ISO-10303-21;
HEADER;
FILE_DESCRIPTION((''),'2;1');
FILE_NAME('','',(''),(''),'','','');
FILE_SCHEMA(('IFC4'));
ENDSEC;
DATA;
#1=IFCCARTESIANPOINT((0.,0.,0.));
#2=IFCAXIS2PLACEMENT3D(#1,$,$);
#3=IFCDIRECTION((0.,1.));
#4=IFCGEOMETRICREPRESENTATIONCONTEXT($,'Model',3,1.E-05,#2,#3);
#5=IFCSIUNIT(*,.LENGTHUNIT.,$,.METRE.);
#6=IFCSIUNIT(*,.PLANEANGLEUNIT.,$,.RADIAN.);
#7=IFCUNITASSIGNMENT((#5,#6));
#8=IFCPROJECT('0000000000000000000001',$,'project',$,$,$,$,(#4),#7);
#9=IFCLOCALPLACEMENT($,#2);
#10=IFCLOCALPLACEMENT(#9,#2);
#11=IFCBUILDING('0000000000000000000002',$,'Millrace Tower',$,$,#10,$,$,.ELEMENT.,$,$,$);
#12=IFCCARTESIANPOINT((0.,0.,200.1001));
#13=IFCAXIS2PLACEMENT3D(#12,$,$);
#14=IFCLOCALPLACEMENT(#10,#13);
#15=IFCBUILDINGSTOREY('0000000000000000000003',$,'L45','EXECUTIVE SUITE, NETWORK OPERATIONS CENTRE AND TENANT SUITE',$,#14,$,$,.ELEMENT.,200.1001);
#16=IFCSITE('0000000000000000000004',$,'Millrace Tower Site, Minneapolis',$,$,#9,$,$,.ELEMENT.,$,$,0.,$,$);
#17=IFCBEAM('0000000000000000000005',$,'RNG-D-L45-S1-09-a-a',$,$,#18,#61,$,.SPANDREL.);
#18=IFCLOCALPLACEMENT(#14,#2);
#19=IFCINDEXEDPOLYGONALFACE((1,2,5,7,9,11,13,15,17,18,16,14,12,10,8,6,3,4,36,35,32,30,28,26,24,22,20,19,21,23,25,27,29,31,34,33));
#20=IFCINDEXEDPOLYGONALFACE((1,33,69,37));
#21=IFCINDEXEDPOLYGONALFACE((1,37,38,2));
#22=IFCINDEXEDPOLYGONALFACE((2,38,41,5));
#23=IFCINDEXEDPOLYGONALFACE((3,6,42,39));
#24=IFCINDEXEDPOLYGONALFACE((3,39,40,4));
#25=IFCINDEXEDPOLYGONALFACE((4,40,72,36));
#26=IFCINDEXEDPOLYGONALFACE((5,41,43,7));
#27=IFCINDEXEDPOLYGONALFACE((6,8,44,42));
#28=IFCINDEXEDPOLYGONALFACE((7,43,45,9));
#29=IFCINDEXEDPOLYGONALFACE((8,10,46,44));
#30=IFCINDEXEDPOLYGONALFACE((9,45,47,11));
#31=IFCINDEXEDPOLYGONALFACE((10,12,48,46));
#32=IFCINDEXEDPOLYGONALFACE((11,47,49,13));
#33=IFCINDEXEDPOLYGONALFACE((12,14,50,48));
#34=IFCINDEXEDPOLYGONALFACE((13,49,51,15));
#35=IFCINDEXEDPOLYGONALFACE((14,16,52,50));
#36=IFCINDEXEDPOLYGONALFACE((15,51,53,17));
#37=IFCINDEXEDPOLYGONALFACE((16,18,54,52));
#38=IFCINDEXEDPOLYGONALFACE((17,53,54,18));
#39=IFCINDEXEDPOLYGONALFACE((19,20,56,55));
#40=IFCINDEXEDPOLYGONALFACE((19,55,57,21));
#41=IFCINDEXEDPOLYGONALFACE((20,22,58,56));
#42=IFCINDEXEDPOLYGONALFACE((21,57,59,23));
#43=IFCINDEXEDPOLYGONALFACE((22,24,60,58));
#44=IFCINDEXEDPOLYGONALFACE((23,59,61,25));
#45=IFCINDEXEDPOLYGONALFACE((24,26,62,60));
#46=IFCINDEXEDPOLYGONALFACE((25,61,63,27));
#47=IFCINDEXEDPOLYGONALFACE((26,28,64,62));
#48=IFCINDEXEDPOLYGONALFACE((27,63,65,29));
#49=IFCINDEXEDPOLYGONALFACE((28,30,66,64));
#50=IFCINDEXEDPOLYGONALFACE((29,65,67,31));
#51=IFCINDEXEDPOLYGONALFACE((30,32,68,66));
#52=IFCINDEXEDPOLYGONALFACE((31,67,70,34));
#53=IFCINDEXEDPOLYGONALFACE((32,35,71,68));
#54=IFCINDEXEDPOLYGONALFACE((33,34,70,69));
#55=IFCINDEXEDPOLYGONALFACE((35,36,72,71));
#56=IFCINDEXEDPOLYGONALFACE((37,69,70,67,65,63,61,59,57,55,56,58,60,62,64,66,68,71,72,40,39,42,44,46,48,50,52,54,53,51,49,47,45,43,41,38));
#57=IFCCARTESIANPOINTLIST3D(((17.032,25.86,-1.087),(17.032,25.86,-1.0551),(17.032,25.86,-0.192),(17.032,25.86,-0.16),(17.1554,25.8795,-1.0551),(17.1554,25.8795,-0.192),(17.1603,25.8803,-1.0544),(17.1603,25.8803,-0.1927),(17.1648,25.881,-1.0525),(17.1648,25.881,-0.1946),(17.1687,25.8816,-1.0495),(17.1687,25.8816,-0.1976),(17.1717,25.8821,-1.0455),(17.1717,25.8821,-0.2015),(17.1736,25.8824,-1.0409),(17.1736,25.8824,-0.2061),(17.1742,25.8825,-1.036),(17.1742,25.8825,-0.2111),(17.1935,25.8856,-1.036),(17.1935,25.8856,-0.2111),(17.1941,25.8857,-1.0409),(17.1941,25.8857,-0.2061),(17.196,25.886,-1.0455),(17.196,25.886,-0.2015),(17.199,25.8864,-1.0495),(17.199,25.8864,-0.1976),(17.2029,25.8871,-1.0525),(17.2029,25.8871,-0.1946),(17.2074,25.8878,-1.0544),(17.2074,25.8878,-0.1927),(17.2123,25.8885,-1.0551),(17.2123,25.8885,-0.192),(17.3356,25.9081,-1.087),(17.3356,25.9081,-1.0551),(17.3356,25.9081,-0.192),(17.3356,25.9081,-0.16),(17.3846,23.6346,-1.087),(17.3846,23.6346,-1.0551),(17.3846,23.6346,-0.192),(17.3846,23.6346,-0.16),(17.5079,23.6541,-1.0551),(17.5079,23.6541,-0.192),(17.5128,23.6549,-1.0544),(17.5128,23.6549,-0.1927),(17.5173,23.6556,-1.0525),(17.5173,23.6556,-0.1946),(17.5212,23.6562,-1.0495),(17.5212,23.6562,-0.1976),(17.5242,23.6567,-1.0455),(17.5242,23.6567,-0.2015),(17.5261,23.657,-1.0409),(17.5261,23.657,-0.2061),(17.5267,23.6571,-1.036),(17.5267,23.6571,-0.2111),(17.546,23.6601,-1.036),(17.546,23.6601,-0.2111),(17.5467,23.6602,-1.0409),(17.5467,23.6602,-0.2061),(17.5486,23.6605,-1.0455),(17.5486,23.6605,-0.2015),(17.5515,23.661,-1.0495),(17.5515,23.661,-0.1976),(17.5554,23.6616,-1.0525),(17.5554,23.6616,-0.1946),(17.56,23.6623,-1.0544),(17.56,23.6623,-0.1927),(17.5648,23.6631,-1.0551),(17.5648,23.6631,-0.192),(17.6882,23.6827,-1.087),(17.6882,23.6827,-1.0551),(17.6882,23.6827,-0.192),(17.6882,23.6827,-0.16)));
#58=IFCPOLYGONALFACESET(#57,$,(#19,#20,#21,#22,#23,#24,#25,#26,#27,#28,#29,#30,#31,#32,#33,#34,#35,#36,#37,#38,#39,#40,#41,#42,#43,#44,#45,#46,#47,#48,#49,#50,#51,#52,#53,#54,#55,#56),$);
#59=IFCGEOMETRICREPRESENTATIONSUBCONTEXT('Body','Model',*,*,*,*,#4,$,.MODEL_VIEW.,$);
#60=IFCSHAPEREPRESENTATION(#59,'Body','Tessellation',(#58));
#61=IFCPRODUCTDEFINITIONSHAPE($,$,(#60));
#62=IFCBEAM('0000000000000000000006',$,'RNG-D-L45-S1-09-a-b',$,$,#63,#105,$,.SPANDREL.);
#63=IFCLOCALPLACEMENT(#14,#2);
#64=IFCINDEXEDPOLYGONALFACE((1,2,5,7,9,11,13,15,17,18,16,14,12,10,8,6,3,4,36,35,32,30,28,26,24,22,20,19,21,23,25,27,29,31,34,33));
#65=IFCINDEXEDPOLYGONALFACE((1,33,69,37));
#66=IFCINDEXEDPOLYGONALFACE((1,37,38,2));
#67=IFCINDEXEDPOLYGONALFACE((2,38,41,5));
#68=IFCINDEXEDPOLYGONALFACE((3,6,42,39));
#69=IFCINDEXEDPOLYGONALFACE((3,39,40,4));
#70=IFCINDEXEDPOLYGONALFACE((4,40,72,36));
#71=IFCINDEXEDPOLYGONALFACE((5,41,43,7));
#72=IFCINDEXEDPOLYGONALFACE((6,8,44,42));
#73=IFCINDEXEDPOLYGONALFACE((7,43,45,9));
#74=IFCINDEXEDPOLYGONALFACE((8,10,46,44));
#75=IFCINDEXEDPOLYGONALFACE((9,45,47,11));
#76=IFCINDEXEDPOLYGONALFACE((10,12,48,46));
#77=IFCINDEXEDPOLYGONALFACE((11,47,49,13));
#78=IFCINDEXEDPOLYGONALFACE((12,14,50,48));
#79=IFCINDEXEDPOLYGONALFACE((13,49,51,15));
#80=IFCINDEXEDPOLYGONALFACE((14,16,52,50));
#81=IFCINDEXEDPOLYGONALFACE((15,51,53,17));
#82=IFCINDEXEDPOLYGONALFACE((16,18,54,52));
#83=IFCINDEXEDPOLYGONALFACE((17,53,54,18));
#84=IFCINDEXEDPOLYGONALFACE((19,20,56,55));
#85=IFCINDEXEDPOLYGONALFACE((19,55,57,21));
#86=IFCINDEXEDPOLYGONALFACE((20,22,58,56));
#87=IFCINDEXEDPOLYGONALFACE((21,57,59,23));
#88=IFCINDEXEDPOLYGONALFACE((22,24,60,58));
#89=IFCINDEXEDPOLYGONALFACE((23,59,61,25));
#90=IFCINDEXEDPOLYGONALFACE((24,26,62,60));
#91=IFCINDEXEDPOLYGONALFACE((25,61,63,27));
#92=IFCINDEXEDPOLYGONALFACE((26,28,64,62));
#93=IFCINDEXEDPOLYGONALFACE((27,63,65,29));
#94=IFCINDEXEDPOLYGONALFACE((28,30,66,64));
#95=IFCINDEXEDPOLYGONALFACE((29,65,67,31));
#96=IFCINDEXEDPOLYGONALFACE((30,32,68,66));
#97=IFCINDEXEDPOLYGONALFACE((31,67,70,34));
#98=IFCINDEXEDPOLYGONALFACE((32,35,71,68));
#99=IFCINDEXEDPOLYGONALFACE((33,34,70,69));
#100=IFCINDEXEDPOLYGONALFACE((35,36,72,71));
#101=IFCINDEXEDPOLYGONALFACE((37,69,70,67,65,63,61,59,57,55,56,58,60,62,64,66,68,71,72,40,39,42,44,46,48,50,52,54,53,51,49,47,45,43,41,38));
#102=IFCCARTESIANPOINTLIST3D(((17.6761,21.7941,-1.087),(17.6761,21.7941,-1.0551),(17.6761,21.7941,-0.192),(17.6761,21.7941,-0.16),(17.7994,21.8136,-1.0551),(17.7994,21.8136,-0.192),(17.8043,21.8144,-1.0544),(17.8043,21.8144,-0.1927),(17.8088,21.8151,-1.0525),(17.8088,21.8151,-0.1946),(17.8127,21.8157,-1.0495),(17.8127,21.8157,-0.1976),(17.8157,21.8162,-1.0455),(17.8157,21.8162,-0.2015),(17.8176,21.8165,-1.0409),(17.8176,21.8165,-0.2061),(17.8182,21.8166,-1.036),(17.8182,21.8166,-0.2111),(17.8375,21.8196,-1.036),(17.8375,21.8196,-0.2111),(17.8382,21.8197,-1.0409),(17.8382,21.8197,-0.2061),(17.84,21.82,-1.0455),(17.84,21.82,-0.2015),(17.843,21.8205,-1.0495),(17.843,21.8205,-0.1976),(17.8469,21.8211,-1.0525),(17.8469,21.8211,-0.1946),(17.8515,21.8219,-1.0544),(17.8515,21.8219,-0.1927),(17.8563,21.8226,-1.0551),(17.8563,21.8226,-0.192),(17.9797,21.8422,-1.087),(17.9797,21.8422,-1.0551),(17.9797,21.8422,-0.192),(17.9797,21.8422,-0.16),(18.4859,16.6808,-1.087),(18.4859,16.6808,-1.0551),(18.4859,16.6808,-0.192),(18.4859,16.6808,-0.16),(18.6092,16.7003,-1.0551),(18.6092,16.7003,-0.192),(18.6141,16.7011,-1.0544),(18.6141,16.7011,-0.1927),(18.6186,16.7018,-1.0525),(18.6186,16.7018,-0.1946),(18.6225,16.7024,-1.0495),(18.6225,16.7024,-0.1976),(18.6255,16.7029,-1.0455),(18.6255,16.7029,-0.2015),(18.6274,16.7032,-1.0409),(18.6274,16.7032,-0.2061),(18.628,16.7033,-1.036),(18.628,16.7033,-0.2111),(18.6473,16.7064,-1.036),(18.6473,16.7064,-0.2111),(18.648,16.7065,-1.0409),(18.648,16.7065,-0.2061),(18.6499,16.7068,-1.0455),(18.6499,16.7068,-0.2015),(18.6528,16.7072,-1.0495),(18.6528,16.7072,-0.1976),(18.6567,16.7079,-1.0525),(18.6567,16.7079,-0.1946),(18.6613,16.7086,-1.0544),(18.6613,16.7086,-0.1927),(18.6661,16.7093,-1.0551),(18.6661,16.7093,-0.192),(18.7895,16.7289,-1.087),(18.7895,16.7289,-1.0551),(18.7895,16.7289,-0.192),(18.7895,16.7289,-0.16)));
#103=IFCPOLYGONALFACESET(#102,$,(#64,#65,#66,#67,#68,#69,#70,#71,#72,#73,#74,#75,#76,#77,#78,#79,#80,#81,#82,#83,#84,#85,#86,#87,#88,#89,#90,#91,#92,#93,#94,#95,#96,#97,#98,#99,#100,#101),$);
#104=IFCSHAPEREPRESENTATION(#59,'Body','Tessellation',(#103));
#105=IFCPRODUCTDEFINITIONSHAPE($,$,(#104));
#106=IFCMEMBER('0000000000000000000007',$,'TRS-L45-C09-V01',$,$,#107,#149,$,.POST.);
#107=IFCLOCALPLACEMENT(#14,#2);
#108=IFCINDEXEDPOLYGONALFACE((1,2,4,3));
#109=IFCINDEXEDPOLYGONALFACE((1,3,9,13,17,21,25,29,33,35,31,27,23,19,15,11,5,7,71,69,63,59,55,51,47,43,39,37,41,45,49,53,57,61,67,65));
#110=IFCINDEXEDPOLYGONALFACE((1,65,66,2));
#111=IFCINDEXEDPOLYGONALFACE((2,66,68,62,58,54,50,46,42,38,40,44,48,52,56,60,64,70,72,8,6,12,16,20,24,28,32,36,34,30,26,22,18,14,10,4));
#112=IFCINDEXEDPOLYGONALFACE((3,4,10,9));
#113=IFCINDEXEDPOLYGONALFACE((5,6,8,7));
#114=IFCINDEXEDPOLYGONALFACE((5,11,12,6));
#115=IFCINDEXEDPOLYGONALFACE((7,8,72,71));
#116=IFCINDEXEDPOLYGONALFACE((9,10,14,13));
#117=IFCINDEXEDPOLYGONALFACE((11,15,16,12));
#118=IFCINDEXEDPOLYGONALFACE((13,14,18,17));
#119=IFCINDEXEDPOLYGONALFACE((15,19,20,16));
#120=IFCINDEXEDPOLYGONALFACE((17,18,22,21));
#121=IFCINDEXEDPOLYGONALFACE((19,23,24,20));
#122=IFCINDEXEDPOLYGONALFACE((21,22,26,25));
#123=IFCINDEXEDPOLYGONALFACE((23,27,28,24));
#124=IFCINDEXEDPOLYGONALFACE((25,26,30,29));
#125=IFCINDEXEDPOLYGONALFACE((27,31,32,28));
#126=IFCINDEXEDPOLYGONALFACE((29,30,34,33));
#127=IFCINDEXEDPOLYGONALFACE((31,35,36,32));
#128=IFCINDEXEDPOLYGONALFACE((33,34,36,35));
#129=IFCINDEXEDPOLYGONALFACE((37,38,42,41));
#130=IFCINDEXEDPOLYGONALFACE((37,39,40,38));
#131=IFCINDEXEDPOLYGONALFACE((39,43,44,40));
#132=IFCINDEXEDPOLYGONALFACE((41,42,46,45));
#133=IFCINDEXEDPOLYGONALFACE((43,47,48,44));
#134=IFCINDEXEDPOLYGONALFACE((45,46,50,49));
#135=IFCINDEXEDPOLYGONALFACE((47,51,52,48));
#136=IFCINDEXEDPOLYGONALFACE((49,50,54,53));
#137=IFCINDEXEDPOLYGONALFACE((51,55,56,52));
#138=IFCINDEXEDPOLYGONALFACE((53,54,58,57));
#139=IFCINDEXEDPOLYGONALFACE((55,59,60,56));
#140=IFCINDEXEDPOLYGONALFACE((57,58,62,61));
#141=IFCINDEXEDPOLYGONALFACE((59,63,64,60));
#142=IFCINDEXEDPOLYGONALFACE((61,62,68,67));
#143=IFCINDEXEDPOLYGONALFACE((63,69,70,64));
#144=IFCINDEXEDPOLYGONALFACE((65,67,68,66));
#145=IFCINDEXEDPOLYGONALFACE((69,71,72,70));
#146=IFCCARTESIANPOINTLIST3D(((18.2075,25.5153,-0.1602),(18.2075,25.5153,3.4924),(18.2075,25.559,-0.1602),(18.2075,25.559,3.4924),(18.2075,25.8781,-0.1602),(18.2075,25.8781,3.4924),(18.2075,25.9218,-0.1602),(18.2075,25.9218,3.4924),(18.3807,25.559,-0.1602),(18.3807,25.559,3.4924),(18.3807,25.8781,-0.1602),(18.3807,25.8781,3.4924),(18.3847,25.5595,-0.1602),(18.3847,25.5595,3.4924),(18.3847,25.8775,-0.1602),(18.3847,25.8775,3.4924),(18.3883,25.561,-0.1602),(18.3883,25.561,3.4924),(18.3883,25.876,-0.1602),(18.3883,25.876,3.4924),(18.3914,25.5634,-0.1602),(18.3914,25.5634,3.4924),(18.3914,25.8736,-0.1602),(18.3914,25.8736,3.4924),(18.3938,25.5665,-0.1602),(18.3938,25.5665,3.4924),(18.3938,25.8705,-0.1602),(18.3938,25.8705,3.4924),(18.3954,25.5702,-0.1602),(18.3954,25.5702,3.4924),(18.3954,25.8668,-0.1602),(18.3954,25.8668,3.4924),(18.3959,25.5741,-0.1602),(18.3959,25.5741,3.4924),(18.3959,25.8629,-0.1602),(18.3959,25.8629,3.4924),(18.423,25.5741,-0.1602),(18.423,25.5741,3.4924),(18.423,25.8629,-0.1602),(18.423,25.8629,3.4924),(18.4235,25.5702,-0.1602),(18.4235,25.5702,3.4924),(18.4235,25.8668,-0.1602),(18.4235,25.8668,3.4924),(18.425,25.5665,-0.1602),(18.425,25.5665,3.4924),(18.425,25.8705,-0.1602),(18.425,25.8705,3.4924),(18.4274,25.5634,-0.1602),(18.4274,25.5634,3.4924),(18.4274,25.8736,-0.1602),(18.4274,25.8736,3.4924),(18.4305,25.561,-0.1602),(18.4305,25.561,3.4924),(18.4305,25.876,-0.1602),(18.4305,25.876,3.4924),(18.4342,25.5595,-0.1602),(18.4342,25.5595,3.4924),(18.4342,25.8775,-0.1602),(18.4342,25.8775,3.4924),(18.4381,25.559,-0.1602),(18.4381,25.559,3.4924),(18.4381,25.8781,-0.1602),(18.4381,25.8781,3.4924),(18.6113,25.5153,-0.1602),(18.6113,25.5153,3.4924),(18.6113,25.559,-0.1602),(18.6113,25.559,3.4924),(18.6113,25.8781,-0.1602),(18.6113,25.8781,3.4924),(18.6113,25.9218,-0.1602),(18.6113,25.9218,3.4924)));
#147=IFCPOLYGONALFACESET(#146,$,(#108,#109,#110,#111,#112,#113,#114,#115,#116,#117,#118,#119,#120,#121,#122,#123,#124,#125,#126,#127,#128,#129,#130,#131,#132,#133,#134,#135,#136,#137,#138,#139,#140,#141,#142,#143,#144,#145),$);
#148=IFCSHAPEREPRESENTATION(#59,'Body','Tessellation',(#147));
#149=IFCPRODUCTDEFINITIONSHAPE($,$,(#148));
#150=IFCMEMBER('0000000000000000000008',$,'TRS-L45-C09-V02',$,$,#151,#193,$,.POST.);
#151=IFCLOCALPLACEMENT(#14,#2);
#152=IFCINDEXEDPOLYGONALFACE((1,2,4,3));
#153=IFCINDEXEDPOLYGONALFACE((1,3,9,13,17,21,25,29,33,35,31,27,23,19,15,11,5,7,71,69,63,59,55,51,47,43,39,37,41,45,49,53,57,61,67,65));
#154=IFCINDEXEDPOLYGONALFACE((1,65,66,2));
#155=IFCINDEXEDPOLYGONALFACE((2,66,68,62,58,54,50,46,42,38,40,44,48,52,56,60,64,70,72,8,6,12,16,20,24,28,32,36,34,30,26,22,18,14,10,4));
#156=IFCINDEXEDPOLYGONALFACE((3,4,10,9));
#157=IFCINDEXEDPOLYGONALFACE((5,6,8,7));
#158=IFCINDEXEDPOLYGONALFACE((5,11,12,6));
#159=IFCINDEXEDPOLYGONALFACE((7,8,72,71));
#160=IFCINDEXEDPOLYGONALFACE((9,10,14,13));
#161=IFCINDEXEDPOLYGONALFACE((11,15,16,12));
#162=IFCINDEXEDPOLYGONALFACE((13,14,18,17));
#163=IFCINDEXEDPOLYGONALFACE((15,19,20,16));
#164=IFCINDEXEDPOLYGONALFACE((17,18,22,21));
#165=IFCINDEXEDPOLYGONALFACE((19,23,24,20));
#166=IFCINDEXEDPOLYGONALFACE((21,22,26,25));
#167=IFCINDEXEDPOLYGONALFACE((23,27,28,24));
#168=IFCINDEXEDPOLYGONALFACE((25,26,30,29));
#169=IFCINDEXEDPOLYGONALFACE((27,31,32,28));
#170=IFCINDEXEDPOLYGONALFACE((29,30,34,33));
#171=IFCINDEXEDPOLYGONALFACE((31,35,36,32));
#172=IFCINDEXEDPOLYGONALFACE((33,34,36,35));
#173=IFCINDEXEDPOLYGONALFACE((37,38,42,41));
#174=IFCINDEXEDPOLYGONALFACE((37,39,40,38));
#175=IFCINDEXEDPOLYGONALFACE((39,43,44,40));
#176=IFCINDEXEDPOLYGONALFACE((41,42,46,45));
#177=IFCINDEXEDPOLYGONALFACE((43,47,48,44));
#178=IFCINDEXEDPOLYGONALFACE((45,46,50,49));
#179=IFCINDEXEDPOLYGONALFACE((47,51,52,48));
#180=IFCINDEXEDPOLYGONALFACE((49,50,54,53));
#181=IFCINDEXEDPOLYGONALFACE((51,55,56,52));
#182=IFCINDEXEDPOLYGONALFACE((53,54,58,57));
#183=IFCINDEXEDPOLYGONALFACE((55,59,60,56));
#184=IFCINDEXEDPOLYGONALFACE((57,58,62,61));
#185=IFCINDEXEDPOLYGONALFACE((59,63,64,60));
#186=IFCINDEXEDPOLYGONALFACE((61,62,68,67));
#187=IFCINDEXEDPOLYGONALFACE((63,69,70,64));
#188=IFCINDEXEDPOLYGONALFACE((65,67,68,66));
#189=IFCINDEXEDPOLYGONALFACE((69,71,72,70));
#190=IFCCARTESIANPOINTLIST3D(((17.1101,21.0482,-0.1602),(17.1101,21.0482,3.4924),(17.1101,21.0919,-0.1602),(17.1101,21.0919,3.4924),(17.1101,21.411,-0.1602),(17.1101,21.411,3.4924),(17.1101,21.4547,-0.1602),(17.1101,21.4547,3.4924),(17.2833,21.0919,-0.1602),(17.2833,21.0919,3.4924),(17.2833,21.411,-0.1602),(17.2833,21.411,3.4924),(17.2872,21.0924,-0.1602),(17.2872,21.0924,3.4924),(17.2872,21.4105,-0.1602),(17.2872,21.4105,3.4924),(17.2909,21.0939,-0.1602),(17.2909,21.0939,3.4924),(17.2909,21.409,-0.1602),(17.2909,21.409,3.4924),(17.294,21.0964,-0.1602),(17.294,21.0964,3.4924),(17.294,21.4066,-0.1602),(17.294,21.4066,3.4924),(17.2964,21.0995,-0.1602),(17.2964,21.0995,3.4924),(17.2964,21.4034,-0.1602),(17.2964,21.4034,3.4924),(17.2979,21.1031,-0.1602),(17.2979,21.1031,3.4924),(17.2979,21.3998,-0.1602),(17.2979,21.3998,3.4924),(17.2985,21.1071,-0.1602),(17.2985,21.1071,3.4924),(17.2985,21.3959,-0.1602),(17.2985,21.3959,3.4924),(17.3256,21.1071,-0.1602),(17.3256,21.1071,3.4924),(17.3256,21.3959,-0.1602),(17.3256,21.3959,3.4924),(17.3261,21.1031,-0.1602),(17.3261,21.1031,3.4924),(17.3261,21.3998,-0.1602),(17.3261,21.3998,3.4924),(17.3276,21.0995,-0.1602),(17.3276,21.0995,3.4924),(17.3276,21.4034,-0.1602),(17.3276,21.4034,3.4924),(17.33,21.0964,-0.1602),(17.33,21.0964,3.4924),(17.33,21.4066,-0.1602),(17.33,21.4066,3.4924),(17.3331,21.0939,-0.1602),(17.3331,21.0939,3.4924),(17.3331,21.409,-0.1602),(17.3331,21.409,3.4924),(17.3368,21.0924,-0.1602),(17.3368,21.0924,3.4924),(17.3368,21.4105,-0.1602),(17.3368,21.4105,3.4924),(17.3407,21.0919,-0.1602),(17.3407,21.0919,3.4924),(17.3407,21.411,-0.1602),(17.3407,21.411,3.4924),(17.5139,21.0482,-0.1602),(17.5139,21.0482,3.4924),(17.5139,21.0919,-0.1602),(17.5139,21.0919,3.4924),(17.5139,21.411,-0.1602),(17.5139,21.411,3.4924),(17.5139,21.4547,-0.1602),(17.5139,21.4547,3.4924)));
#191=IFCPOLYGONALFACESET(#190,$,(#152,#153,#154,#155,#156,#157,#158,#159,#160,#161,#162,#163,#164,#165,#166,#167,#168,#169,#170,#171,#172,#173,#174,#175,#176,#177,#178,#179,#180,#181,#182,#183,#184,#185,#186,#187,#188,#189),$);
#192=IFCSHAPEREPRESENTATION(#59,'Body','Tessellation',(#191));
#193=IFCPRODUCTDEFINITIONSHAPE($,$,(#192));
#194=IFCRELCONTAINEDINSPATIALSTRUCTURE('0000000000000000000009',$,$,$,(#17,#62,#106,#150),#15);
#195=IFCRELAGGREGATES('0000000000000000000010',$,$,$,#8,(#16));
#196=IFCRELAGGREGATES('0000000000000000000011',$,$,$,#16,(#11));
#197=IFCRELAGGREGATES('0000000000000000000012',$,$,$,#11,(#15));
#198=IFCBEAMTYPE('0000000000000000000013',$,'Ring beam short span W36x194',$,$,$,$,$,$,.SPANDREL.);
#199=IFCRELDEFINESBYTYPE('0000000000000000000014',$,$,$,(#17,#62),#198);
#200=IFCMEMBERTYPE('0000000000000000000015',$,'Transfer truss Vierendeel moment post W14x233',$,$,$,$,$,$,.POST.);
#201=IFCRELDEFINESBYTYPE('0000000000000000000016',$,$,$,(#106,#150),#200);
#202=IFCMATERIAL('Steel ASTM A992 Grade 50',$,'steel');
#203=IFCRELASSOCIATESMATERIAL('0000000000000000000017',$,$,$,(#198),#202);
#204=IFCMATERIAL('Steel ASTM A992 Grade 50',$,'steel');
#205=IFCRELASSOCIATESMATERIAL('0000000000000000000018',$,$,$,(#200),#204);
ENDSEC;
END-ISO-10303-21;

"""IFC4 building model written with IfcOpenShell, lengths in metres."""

from ifc_helpers import new_model, si_unit, direction, frame, origin, origin_2d, place, context, subcontext, project, spatial, i_section, extrude, material, material_profile, profile_set, type_object, element, save


model = new_model("IFC4")

# Units and contexts
model_context = context("Model", 3, precision=1e-05, world=origin(), true_north=direction((0.0, 1.0)))
body_context = subcontext(model_context, "Body", "Model", "MODEL_VIEW")
ifc_project = project(units=[si_unit("LENGTHUNIT", "METRE"), si_unit("PLANEANGLEUNIT", "RADIAN")], contexts=[model_context])

# Site, building, storey
site_placement = place(None, origin())
site = spatial("IfcSite", under=ifc_project, at=site_placement, Name="Millrace Tower Site, Minneapolis", CompositionType="ELEMENT", RefElevation=0.0)
building_placement = place(site_placement, origin())
building = spatial("IfcBuilding", under=site, at=building_placement, Name="Millrace Tower", CompositionType="ELEMENT")
storey_placement = place(building_placement, frame((0.0, 0.0, 200.1001)))
storey = spatial("IfcBuildingStorey", under=building, at=storey_placement, Name="L45", Description="EXECUTIVE SUITE, NETWORK OPERATIONS CENTRE AND TENANT SUITE", CompositionType="ELEMENT", Elevation=200.1001)

# Beams
ifc_material_1 = material(Name="Steel ASTM A992 Grade 50", Category="steel")
ifc_material_profile_1 = material_profile(ifc_material_1, i_section(OverallWidth=0.3074, OverallDepth=0.927, WebThickness=0.0195, FlangeThickness=0.032, FilletRadius=0.019, at=origin_2d()))
ifc_profile_set_1 = profile_set([ifc_material_profile_1], Name="Steel ASTM A992 Grade 50")
beam_type_1 = type_object("IfcBeamType", Name="Ring beam short span W36x194", PredefinedType="SPANDREL", material=ifc_profile_set_1)
beam_1_placement = place(storey_placement, frame((17.1838, 25.884, -0.6235), z_axis=(0.156469, -0.987683, 0.0), x_axis=(0.987683, 0.156469, 0.0)))
element("IfcBeam", 1, at=beam_1_placement, inside=storey, type_object=beam_type_1, Name="RNG-D-L45-S1-09-a-a", PredefinedType="SPANDREL", context=body_context, shape_type="SweptSolid", body=[
    extrude(i_section(OverallWidth=0.3074, OverallDepth=0.927, WebThickness=0.0195, FlangeThickness=0.032, FilletRadius=0.019, at=origin_2d()), origin(), (0.0, 0.0, 1.0), 2.2532),
])
beam_2_placement = place(storey_placement, frame((17.8279, 21.8181, -0.6235), z_axis=(0.156425, -0.98769, 0.0), x_axis=(0.98769, 0.156425, 0.0)))
element("IfcBeam", 2, at=beam_2_placement, inside=storey, type_object=beam_type_1, Name="RNG-D-L45-S1-09-a-b", PredefinedType="SPANDREL", context=body_context, shape_type="SweptSolid", body=[
    extrude(i_section(OverallWidth=0.3074, OverallDepth=0.927, WebThickness=0.0195, FlangeThickness=0.032, FilletRadius=0.019, at=origin_2d()), origin(), (0.0, 0.0, 1.0), 5.177),
])

# Members
ifc_material_2 = material(Name="Steel ASTM A992 Grade 50", Category="steel")
ifc_material_profile_2 = material_profile(ifc_material_2, i_section(OverallWidth=0.4038, OverallDepth=0.4065, WebThickness=0.0271, FlangeThickness=0.0437, FilletRadius=0.0151, at=origin_2d()))
ifc_profile_set_2 = profile_set([ifc_material_profile_2], Name="Steel ASTM A992 Grade 50")
member_type_1 = type_object("IfcMemberType", Name="Transfer truss Vierendeel moment post W14x233", PredefinedType="POST", material=ifc_profile_set_2)
for number, where, z_axis, x_axis, name in (
    (3, (18.4094, 25.7185, -0.1602), (0.0, 0.0, 1.0), (1.0, 0.0, 0.0), "TRS-L45-C09-V01"),
    (4, (17.312, 21.2515, -0.1602), (0.0, 0.0, 1.0), (1.0, 0.0, 0.0), "TRS-L45-C09-V02"),
):
    element("IfcMember", number, at=place(storey_placement, frame(where, z_axis=z_axis, x_axis=x_axis)), inside=storey, type_object=member_type_1, Name=name, PredefinedType="POST", context=body_context, shape_type="SweptSolid", body=[
        extrude(i_section(OverallWidth=0.4038, OverallDepth=0.4065, WebThickness=0.0271, FlangeThickness=0.0437, FilletRadius=0.0151, at=origin_2d()), origin(), (0.0, 0.0, 1.0), 3.6526),
    ])

save(model, "model.ifc")
